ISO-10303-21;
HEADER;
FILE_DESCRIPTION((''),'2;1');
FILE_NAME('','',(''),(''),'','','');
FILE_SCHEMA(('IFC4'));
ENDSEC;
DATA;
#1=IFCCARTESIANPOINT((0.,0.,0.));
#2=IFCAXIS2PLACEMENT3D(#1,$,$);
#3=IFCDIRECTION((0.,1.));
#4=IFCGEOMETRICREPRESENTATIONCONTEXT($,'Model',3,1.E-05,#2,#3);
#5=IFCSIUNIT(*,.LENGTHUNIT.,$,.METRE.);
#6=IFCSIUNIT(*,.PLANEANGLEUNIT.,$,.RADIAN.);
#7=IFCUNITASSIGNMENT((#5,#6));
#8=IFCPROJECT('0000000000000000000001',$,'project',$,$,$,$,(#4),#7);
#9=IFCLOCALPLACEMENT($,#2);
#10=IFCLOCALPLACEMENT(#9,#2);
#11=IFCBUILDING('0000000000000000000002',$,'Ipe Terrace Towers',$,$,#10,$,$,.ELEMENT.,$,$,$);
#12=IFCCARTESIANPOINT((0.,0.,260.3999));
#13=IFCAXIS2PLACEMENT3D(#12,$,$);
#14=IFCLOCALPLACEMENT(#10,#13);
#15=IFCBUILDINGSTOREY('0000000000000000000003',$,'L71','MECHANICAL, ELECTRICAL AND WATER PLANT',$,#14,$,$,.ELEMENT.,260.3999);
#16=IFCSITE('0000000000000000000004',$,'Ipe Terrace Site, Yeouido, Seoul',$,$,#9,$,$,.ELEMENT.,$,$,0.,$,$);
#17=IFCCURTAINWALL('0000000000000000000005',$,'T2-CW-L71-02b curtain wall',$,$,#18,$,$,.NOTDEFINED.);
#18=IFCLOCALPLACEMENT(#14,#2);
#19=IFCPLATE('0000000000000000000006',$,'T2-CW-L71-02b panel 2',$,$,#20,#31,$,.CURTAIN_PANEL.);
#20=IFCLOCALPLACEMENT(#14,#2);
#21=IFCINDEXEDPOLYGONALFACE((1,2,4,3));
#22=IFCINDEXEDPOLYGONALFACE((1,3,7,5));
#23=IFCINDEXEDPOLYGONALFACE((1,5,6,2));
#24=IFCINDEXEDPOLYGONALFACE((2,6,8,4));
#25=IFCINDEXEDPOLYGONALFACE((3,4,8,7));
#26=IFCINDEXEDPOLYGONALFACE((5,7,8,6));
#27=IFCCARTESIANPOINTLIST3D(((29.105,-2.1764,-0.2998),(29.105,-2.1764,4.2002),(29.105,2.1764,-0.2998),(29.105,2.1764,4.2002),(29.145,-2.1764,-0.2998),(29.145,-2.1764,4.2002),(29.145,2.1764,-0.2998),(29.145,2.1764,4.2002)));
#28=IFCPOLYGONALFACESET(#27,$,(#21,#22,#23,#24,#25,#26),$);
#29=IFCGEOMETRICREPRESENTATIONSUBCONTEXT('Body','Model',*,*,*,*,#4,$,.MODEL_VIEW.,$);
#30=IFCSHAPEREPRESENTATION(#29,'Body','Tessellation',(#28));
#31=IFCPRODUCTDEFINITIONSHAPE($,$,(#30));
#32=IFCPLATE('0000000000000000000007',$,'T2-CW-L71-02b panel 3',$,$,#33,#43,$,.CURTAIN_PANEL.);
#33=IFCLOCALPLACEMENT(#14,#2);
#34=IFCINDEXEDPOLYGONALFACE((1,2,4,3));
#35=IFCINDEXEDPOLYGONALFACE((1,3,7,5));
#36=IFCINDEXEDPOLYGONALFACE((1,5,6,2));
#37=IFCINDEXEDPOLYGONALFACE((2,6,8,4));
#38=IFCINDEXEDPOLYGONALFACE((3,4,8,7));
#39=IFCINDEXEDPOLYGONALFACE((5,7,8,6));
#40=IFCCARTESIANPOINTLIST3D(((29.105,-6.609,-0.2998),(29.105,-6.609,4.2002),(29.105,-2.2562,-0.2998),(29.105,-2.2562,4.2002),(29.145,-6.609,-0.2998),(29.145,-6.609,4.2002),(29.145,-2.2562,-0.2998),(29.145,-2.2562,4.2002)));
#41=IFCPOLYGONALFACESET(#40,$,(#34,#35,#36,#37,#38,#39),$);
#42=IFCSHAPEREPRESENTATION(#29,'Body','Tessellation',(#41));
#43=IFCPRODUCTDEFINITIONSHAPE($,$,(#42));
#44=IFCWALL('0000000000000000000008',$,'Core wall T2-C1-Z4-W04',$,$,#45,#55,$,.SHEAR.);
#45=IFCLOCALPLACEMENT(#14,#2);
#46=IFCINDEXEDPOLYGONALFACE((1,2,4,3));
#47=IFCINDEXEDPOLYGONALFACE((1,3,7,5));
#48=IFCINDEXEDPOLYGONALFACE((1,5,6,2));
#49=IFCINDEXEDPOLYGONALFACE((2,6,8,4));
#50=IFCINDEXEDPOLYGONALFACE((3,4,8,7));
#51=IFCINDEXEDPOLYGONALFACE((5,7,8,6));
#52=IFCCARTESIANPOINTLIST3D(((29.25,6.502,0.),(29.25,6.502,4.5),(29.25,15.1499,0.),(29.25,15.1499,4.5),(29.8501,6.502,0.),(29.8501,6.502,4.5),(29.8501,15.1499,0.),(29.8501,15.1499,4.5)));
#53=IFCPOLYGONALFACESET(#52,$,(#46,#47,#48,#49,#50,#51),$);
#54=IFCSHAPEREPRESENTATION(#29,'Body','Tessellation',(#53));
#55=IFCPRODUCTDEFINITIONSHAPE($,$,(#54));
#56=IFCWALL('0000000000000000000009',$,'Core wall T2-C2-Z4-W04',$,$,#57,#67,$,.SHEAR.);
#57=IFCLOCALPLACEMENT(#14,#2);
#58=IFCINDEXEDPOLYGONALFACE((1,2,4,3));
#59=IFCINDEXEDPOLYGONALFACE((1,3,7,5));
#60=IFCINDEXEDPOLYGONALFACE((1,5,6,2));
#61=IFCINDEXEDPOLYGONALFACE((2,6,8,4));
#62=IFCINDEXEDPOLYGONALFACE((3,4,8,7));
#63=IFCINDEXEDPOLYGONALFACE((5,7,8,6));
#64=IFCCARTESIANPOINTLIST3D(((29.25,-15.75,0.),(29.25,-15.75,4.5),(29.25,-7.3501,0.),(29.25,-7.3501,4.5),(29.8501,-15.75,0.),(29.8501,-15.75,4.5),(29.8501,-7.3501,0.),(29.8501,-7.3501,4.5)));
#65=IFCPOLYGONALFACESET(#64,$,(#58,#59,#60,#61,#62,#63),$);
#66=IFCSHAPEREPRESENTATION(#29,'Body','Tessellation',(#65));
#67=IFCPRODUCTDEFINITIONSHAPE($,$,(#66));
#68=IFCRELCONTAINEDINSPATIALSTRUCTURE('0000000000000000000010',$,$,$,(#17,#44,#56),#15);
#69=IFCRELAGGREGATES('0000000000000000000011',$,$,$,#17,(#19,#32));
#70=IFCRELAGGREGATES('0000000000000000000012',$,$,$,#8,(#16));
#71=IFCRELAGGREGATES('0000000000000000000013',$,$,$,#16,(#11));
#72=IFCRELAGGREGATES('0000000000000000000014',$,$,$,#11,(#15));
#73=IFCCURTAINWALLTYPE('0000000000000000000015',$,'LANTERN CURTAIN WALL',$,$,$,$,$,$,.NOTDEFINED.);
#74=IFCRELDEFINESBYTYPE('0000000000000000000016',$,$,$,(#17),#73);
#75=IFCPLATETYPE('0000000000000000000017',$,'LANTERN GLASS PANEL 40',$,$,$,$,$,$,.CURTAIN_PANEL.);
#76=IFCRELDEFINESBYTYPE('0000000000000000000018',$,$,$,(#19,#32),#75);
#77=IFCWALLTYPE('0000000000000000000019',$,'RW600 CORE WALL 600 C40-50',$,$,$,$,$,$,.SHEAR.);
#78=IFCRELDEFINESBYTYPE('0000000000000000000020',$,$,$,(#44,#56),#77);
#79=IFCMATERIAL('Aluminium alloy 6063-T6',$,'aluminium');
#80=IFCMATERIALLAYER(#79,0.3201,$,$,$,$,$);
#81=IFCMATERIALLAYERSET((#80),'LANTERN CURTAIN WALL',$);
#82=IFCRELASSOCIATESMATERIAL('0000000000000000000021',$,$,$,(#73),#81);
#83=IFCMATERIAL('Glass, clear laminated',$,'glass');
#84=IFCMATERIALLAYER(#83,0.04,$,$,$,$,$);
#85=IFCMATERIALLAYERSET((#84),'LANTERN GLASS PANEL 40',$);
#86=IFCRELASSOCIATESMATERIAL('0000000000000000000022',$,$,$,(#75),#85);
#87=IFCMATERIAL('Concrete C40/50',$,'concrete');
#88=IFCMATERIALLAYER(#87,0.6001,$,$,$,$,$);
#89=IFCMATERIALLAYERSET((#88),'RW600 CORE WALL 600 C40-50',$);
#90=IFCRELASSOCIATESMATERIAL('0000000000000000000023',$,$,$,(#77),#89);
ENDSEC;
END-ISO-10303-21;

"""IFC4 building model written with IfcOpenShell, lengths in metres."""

from ifc_helpers import new_model, si_unit, direction, frame, frame_2d, origin, origin_2d, place, context, subcontext, project, spatial, rectangle, extrude, material, layer, layer_set, type_object, element, aggregate, save


model = new_model("IFC4")

# Units and contexts
model_context = context("Model", 3, precision=1e-05, world=origin(), true_north=direction((0.0, 1.0)))
body_context = subcontext(model_context, "Body", "Model", "MODEL_VIEW")
ifc_project = project(units=[si_unit("LENGTHUNIT", "METRE"), si_unit("PLANEANGLEUNIT", "RADIAN")], contexts=[model_context])

# Site, building, storey
site_placement = place(None, origin())
site = spatial("IfcSite", under=ifc_project, at=site_placement, Name="Ipe Terrace Site, Yeouido, Seoul", CompositionType="ELEMENT", RefElevation=0.0)
building_placement = place(site_placement, origin())
building = spatial("IfcBuilding", under=site, at=building_placement, Name="Ipe Terrace Towers", CompositionType="ELEMENT")
storey_placement = place(building_placement, frame((0.0, 0.0, 260.3999)))
storey = spatial("IfcBuildingStorey", under=building, at=storey_placement, Name="L71", Description="MECHANICAL, ELECTRICAL AND WATER PLANT", CompositionType="ELEMENT", Elevation=260.3999)

# Curtain wall
ifc_material_1 = material(Name="Aluminium alloy 6063-T6", Category="aluminium")
ifc_layer_1 = layer(ifc_material_1, 0.3201)
ifc_layer_set_1 = layer_set([ifc_layer_1], Name="LANTERN CURTAIN WALL")
curtain_wall_type = type_object("IfcCurtainWallType", Name="LANTERN CURTAIN WALL", PredefinedType="NOTDEFINED", material=ifc_layer_set_1)
curtain_wall_placement = place(storey_placement, origin())
curtain_wall = element("IfcCurtainWall", 1, at=curtain_wall_placement, inside=storey, type_object=curtain_wall_type, Name="T2-CW-L71-02b curtain wall", PredefinedType="NOTDEFINED")

# Plates
ifc_material_2 = material(Name="Glass, clear laminated", Category="glass")
ifc_layer_2 = layer(ifc_material_2, 0.04)
ifc_layer_set_2 = layer_set([ifc_layer_2], Name="LANTERN GLASS PANEL 40")
plate_type = type_object("IfcPlateType", Name="LANTERN GLASS PANEL 40", PredefinedType="CURTAIN_PANEL", material=ifc_layer_set_2)
plate_1_placement = place(storey_placement, frame((29.125, 0.0, -0.2998), z_axis=(0.0, 0.0, 1.0), x_axis=(0.0, -1.0, 0.0)))
plate_1 = element("IfcPlate", 2, at=plate_1_placement, type_object=plate_type, Name="T2-CW-L71-02b panel 2", PredefinedType="CURTAIN_PANEL", context=body_context, shape_type="SweptSolid", body=[
    extrude(rectangle(XDim=4.3528, YDim=0.04, at=origin_2d()), origin(), (0.0, 0.0, 1.0), 4.5),
])
plate_2_placement = place(storey_placement, frame((29.125, -4.4326, -0.2998), z_axis=(0.0, 0.0, 1.0), x_axis=(0.0, -1.0, 0.0)))
plate_2 = element("IfcPlate", 3, at=plate_2_placement, type_object=plate_type, Name="T2-CW-L71-02b panel 3", PredefinedType="CURTAIN_PANEL", context=body_context, shape_type="SweptSolid", body=[
    extrude(rectangle(XDim=4.3528, YDim=0.04, at=origin_2d()), origin(), (0.0, 0.0, 1.0), 4.5),
])
aggregate(curtain_wall, [plate_1, plate_2])

# Walls
ifc_material_3 = material(Name="Concrete C40/50", Category="concrete")
ifc_layer_3 = layer(ifc_material_3, 0.6001)
ifc_layer_set_3 = layer_set([ifc_layer_3], Name="RW600 CORE WALL 600 C40-50")
wall_type = type_object("IfcWallType", Name="RW600 CORE WALL 600 C40-50", PredefinedType="SHEAR", material=ifc_layer_set_3)
wall_1_placement = place(storey_placement, frame((29.55, 15.1499, 0.0), z_axis=(0.0, 0.0, 1.0), x_axis=(0.0, -1.0, 0.0)))
element("IfcWall", 4, at=wall_1_placement, inside=storey, type_object=wall_type, Name="Core wall T2-C1-Z4-W04", PredefinedType="SHEAR", context=body_context, shape_type="SweptSolid", body=[
    extrude(rectangle(XDim=8.6479, YDim=0.6001, at=frame_2d((4.324, 0.0))), origin(), (0.0, 0.0, 1.0), 4.5),
])
wall_2_placement = place(storey_placement, frame((29.55, -7.3501, 0.0), z_axis=(0.0, 0.0, 1.0), x_axis=(0.0, -1.0, 0.0)))
element("IfcWall", 5, at=wall_2_placement, inside=storey, type_object=wall_type, Name="Core wall T2-C2-Z4-W04", PredefinedType="SHEAR", context=body_context, shape_type="SweptSolid", body=[
    extrude(rectangle(XDim=8.3999, YDim=0.6001, at=frame_2d((4.2, 0.0))), origin(), (0.0, 0.0, 1.0), 4.5),
])

save(model, "model.ifc")
